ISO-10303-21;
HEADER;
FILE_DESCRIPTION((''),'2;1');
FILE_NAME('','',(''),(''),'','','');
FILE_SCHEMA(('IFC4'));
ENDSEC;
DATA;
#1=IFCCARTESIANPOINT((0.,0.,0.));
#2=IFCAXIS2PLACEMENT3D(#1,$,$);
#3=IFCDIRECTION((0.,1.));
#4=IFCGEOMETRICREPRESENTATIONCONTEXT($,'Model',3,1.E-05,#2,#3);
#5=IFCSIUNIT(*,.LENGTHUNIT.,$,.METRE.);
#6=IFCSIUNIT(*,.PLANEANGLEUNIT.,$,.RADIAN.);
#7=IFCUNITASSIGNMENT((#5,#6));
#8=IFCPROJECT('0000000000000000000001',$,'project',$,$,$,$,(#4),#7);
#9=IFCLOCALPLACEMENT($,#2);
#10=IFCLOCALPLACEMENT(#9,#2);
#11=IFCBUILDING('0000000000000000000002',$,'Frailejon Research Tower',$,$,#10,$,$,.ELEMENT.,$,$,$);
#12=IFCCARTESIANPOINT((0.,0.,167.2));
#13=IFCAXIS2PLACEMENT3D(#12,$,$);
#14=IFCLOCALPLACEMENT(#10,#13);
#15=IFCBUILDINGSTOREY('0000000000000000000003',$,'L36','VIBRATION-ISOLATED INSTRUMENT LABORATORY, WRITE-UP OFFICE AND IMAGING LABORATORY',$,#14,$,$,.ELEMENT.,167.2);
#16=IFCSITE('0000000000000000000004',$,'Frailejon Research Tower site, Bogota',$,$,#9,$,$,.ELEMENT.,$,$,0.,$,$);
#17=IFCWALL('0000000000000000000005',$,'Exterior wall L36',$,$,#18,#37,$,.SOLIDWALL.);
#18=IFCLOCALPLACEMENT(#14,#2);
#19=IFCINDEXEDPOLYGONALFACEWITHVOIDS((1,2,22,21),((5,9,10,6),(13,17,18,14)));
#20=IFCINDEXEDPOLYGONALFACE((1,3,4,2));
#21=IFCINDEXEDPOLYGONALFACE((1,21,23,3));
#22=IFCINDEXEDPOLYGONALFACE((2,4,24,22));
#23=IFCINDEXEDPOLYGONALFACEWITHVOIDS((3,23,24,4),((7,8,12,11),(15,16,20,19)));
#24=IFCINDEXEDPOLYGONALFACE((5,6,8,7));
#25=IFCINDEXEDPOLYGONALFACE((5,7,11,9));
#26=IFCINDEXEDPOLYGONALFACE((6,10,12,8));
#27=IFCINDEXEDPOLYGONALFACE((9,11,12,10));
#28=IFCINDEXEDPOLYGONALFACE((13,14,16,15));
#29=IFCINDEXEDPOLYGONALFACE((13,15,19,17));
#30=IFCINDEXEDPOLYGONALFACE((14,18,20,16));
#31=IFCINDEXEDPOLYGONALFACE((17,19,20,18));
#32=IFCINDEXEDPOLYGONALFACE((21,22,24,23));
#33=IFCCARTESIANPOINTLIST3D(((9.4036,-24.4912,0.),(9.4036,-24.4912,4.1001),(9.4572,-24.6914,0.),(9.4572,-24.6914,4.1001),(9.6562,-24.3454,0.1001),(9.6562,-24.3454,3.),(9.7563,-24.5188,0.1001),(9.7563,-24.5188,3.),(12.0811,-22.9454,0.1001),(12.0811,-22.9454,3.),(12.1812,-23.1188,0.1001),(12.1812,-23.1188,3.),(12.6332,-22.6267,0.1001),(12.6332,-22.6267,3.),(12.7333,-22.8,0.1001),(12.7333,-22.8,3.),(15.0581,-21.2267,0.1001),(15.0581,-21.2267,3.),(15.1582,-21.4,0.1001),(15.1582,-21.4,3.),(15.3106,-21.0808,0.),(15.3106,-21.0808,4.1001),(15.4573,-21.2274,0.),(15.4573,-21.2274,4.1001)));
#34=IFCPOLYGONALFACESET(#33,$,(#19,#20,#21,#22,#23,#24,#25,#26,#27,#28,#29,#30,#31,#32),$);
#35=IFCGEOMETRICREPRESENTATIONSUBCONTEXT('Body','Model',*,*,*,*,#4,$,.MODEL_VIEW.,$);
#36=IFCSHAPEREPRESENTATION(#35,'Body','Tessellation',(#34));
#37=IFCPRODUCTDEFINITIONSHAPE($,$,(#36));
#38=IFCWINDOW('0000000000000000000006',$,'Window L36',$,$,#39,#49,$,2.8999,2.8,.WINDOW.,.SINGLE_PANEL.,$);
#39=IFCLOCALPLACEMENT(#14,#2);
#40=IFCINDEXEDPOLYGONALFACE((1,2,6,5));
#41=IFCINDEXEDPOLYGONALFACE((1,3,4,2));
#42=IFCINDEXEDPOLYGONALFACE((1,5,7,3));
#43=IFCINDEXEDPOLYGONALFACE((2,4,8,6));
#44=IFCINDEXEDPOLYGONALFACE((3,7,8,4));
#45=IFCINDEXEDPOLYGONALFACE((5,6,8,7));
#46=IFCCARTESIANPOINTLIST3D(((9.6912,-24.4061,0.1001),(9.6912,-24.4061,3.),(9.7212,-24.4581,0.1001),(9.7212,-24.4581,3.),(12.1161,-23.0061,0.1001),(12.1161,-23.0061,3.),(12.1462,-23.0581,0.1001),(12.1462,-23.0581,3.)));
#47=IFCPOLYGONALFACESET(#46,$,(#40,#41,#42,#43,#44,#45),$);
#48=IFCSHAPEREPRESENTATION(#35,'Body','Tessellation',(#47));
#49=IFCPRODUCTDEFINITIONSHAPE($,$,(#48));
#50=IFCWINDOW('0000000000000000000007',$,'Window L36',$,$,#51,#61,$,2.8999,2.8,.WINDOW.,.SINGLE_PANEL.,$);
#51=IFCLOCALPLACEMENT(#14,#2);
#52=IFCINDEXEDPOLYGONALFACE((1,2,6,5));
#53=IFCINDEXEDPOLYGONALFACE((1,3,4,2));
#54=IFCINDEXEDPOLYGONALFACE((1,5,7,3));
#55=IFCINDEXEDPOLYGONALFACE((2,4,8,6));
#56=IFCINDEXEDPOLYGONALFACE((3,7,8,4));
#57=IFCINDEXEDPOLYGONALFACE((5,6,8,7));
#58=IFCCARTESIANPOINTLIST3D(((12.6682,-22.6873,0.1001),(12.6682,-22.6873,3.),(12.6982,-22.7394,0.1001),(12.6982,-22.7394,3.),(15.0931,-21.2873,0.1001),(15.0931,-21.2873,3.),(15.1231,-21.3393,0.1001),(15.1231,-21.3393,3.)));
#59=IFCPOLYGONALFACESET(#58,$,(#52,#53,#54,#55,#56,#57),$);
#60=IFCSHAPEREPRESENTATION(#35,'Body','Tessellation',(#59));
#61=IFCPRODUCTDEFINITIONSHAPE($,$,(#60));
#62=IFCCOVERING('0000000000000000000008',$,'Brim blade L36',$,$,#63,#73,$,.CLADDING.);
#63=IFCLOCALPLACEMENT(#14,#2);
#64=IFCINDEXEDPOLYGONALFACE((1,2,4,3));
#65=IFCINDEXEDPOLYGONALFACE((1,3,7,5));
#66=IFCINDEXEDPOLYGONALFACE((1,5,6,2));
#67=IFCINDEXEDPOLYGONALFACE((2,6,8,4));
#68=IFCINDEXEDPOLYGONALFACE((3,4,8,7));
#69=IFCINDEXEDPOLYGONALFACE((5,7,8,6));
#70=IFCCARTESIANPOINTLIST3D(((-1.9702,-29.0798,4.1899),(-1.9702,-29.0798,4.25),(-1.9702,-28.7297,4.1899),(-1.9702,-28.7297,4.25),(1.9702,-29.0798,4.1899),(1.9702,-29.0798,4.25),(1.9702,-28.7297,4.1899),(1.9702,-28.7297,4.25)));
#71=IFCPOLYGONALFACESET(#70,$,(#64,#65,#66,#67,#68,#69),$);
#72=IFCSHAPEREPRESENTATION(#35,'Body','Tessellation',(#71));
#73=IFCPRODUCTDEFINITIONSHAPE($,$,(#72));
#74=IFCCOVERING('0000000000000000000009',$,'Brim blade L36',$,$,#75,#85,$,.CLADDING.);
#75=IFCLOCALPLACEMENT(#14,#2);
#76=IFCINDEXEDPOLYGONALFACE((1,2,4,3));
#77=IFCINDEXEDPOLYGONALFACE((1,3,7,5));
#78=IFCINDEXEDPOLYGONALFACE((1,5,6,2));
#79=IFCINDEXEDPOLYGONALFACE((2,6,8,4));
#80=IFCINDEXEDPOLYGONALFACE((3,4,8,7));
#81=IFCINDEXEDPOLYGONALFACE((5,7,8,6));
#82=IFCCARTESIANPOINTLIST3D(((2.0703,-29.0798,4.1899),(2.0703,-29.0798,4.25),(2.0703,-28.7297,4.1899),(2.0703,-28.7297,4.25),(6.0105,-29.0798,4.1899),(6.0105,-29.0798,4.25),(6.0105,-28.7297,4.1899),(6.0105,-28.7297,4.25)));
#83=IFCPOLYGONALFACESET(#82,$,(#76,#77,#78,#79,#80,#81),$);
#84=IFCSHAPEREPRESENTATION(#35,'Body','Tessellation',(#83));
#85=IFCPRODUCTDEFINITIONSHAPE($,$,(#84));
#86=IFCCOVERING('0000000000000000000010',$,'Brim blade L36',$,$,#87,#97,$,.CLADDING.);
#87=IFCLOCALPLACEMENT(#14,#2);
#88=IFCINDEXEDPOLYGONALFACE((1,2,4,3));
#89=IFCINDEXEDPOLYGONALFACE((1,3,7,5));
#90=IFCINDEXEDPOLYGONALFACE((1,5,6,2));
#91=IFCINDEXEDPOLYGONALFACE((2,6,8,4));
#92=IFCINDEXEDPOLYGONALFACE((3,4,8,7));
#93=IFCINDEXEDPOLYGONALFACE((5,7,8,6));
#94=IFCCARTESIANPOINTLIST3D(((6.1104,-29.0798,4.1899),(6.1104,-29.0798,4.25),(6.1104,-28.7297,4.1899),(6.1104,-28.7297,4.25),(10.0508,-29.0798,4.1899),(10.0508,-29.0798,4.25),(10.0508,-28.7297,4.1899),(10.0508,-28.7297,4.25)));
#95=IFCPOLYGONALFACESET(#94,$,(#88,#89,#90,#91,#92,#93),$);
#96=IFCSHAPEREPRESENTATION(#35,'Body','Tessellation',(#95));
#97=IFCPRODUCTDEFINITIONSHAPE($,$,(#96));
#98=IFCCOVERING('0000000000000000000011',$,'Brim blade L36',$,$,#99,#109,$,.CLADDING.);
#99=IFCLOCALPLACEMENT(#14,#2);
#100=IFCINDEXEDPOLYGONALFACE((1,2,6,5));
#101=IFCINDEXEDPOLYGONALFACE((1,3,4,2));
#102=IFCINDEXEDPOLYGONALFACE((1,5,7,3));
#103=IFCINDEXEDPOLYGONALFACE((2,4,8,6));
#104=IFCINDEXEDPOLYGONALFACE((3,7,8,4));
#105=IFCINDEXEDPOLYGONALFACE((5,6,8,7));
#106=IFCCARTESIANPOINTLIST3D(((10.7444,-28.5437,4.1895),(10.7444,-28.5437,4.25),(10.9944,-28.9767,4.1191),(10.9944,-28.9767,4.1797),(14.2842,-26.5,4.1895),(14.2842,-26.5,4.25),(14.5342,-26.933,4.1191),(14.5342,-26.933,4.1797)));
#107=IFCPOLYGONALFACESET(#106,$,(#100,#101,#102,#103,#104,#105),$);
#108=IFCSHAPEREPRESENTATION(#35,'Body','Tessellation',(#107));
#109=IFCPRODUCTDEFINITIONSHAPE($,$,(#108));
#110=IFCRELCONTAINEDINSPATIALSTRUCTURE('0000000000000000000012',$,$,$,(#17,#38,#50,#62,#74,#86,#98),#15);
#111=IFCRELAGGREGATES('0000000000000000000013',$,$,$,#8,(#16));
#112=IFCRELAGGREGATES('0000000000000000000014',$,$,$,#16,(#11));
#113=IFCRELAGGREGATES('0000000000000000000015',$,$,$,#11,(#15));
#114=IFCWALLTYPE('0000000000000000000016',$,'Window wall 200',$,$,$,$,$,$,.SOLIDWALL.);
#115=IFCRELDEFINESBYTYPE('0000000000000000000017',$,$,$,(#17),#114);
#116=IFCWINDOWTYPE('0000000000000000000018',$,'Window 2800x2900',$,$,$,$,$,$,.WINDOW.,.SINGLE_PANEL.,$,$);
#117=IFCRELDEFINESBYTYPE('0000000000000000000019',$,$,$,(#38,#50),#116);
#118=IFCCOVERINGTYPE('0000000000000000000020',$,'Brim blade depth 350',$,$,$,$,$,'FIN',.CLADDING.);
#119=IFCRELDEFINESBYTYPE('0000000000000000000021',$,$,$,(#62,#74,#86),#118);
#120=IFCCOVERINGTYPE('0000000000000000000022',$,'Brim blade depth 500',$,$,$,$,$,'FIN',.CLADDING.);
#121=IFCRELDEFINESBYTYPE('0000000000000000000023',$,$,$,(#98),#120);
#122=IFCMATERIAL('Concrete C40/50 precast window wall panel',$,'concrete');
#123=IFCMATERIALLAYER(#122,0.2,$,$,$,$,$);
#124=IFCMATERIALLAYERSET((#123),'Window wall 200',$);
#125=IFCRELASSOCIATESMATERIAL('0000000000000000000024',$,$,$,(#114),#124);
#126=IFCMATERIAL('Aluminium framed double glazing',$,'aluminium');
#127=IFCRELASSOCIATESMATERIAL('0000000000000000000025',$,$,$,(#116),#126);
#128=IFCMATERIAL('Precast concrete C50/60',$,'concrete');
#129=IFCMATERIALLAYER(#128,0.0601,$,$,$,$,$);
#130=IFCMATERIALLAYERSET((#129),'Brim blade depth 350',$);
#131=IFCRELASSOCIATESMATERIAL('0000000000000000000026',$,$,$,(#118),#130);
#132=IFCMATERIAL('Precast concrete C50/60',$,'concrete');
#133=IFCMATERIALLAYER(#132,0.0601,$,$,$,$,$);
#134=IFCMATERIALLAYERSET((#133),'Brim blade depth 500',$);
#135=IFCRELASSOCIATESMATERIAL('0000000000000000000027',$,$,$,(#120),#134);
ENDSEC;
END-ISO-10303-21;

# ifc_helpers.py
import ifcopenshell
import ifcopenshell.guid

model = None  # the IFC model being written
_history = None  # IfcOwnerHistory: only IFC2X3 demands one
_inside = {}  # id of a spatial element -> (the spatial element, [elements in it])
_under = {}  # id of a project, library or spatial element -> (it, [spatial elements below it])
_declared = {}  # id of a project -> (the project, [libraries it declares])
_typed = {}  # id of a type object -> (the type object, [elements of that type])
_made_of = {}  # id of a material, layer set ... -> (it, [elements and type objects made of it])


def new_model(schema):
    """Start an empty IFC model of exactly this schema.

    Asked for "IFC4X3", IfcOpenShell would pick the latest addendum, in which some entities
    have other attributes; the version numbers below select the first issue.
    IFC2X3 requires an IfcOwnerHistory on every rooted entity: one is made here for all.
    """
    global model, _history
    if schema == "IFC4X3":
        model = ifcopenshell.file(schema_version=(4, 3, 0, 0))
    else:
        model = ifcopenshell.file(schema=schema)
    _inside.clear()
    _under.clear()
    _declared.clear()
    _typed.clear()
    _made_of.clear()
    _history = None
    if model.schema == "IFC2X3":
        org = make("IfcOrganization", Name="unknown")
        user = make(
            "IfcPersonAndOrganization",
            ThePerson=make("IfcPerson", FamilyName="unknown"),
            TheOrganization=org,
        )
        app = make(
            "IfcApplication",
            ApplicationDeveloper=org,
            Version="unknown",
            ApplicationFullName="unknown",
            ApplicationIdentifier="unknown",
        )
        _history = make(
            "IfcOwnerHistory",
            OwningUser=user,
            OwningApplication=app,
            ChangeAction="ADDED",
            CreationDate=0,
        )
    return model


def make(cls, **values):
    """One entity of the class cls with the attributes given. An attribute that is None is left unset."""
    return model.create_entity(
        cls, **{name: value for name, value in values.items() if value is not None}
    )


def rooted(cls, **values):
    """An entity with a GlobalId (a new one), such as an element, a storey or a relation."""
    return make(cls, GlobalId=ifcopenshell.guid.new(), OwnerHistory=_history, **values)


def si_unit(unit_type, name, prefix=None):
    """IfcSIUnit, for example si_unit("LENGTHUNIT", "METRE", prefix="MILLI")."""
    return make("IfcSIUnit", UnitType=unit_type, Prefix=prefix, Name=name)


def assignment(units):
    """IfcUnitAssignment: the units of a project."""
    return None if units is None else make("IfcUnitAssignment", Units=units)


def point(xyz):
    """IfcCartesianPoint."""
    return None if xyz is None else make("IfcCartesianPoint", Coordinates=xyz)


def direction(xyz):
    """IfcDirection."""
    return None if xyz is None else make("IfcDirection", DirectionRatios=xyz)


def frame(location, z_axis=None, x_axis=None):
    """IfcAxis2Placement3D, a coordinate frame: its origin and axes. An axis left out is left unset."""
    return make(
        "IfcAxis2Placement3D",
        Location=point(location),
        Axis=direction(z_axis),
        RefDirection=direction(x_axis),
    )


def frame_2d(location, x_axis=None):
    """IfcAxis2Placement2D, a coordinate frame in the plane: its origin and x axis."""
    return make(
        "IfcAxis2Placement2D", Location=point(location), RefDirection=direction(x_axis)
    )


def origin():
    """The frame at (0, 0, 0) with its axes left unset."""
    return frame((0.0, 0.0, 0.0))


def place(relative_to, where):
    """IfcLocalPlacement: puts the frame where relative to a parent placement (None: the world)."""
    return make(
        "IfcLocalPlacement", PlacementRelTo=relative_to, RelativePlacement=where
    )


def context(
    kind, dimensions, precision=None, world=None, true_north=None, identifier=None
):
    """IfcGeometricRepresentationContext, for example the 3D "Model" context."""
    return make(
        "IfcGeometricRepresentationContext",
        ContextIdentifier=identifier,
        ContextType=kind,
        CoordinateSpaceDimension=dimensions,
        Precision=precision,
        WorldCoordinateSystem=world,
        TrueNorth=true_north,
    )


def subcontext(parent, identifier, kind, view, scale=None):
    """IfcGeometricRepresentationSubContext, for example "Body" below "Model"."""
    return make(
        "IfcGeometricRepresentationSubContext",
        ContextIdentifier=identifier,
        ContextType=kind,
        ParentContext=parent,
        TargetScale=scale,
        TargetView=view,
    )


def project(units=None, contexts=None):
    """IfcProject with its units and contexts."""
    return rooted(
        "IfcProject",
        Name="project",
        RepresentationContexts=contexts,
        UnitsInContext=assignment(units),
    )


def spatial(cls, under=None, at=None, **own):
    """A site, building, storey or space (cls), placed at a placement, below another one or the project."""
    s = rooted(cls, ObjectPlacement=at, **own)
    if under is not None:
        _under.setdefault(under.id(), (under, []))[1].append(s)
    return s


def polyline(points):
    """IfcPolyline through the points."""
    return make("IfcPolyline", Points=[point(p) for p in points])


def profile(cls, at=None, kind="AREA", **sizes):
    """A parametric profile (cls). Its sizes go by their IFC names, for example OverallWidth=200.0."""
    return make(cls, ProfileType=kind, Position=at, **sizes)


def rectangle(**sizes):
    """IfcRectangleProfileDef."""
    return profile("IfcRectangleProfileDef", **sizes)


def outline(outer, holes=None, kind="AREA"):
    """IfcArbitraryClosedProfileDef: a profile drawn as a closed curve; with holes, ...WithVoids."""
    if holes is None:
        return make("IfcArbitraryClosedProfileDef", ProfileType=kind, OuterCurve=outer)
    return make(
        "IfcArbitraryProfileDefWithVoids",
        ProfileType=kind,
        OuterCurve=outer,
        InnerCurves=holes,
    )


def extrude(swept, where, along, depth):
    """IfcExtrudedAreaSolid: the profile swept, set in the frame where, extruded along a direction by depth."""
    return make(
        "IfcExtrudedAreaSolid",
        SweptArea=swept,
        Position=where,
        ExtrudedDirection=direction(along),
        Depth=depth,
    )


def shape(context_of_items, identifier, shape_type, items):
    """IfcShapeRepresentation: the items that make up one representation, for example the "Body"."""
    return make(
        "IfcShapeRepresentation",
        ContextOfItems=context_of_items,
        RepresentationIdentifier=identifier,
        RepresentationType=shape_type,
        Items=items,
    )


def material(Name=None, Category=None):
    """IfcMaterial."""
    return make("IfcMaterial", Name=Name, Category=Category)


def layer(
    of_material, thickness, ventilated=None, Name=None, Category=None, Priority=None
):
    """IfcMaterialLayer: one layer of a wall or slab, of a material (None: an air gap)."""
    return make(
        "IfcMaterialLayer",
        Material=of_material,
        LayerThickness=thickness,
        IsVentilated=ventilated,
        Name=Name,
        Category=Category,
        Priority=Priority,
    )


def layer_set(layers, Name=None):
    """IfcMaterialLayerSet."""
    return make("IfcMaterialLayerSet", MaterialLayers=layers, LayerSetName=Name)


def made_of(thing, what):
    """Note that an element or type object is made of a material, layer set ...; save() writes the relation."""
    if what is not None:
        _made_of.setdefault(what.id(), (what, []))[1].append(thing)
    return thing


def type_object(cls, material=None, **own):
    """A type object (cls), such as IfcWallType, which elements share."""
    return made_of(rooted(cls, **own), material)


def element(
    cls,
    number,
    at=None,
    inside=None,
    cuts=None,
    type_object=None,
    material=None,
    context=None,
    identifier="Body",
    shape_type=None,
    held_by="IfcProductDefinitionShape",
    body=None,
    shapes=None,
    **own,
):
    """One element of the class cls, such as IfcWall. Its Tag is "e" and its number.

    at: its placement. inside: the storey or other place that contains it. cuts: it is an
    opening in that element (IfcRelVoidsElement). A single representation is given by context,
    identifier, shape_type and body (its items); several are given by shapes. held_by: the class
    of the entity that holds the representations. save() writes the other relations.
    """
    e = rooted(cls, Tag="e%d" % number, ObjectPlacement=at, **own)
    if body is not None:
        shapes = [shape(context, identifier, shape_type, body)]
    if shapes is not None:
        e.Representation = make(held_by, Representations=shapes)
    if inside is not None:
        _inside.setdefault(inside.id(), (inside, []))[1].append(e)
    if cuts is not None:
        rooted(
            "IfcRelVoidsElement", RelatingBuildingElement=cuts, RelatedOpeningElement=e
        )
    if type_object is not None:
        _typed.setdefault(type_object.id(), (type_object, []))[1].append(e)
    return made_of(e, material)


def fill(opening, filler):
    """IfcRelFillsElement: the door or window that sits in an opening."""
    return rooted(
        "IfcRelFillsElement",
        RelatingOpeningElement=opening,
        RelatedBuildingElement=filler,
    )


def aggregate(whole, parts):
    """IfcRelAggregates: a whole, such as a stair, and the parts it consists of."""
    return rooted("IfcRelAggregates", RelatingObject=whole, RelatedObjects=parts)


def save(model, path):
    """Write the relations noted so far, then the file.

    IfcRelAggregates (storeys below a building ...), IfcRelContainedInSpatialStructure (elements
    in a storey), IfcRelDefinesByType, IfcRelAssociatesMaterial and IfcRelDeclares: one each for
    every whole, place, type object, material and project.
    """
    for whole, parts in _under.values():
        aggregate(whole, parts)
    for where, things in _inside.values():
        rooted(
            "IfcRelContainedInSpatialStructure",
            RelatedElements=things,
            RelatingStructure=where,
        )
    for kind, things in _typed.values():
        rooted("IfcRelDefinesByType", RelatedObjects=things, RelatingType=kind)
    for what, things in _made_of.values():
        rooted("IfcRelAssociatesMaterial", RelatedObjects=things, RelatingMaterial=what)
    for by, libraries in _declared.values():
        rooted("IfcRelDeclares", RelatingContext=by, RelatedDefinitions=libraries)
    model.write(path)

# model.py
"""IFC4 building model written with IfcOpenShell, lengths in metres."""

from ifc_helpers import new_model, si_unit, direction, frame, frame_2d, origin, place, context, subcontext, project, spatial, polyline, rectangle, outline, extrude, material, layer, layer_set, type_object, element, fill, save


model = new_model("IFC4")

# Units and contexts
model_context = context("Model", 3, precision=1e-05, world=origin(), true_north=direction((0.0, 1.0)))
body_context = subcontext(model_context, "Body", "Model", "MODEL_VIEW")
ifc_project = project(units=[si_unit("LENGTHUNIT", "METRE"), si_unit("PLANEANGLEUNIT", "RADIAN")], contexts=[model_context])

# Site, building, storey
site_placement = place(None, origin())
site = spatial("IfcSite", under=ifc_project, at=site_placement, Name="Frailejon Research Tower site, Bogota", CompositionType="ELEMENT", RefElevation=0.0)
building_placement = place(site_placement, origin())
building = spatial("IfcBuilding", under=site, at=building_placement, Name="Frailejon Research Tower", CompositionType="ELEMENT")
storey_placement = place(building_placement, frame((0.0, 0.0, 167.2)))
storey = spatial("IfcBuildingStorey", under=building, at=storey_placement, Name="L36", Description="VIBRATION-ISOLATED INSTRUMENT LABORATORY, WRITE-UP OFFICE AND IMAGING LABORATORY", CompositionType="ELEMENT", Elevation=167.2)

# Wall, openings, windows
ifc_material_1 = material(Name="Concrete C40/50 precast window wall panel", Category="concrete")
ifc_layer_1 = layer(ifc_material_1, 0.2)
ifc_layer_set_1 = layer_set([ifc_layer_1], Name="Window wall 200")
wall_type_1 = type_object("IfcWallType", Name="Window wall 200", PredefinedType="SOLIDWALL", material=ifc_layer_set_1)
wall_1_placement = place(storey_placement, frame((9.4304, -24.5913, 0.0), z_axis=(0.0, 0.0, 1.0), x_axis=(0.866029, 0.499993, 0.0)))
wall_1 = element("IfcWall", 1, at=wall_1_placement, inside=storey, type_object=wall_type_1, Name="Exterior wall L36", PredefinedType="SOLIDWALL", context=body_context, shape_type="SweptSolid", body=[
    extrude(outline(polyline([(-0.0269, -0.1001), (1.1279, -0.1001), (2.2825, -0.1001), (3.4373, -0.1001), (4.592, -0.1001), (5.7466, -0.1001), (6.9014, -0.1001), (6.8477, 0.1001), (5.7109, 0.1001), (4.574, 0.1001), (3.4373, 0.1001), (2.3005, 0.1001), (1.1636, 0.1001), (0.0269, 0.1001), (-0.0269, -0.1001)])), origin(), (0.0, 0.0, 1.0), 4.1001),
])
opening_1_placement = place(wall_1_placement, frame((0.3186, 0.0, 0.1001)))
opening_1 = element("IfcOpeningElement", 2, at=opening_1_placement, cuts=wall_1, PredefinedType="OPENING", context=body_context, shape_type="SweptSolid", body=[
    extrude(rectangle(XDim=2.8, YDim=2.8999, at=frame_2d((1.3999, 1.45))), frame((0.0, 0.1099, 0.0), z_axis=(0.0, -1.0, 0.0), x_axis=(1.0, 0.0, 0.0)), (0.0, 0.0, 1.0), 0.22),
])
opening_2_placement = place(wall_1_placement, frame((3.7561, 0.0, 0.1001)))
opening_2 = element("IfcOpeningElement", 3, at=opening_2_placement, cuts=wall_1, PredefinedType="OPENING", context=body_context, shape_type="SweptSolid", body=[
    extrude(rectangle(XDim=2.8, YDim=2.8999, at=frame_2d((1.3999, 1.45))), frame((0.0, 0.1099, 0.0), z_axis=(0.0, -1.0, 0.0), x_axis=(1.0, 0.0, 0.0)), (0.0, 0.0, 1.0), 0.22),
])
ifc_material_2 = material(Name="Aluminium framed double glazing", Category="aluminium")
window_type = type_object("IfcWindowType", Name="Window 2800x2900", PartitioningType="SINGLE_PANEL", PredefinedType="WINDOW", material=ifc_material_2)
window_1_placement = place(opening_1_placement, origin())
window_1 = element("IfcWindow", 4, at=window_1_placement, inside=storey, type_object=window_type, Name="Window L36", OverallHeight=2.8999, OverallWidth=2.8, PartitioningType="SINGLE_PANEL", PredefinedType="WINDOW", context=body_context, shape_type="SweptSolid", body=[
    extrude(rectangle(XDim=2.8, YDim=2.8999, at=frame_2d((1.3999, 1.45))), frame((0.0, 0.03, 0.0), z_axis=(0.0, -1.0, 0.0), x_axis=(1.0, 0.0, 0.0)), (0.0, 0.0, 1.0), 0.0601),
])
fill(opening_1, window_1)
window_2_placement = place(opening_2_placement, origin())
window_2 = element("IfcWindow", 5, at=window_2_placement, inside=storey, type_object=window_type, Name="Window L36", OverallHeight=2.8999, OverallWidth=2.8, PartitioningType="SINGLE_PANEL", PredefinedType="WINDOW", context=body_context, shape_type="SweptSolid", body=[
    extrude(rectangle(XDim=2.8, YDim=2.8999, at=frame_2d((1.3999, 1.45))), frame((0.0, 0.03, 0.0), z_axis=(0.0, -1.0, 0.0), x_axis=(1.0, 0.0, 0.0)), (0.0, 0.0, 1.0), 0.0601),
])
fill(opening_2, window_2)

# Coverings
ifc_material_3 = material(Name="Precast concrete C50/60", Category="concrete")
ifc_layer_2 = layer(ifc_material_3, 0.0601)
ifc_layer_set_2 = layer_set([ifc_layer_2], Name="Brim blade depth 350")
covering_type_1 = type_object("IfcCoveringType", Name="Brim blade depth 350", ElementType="FIN", PredefinedType="CLADDING", material=ifc_layer_set_2)
covering_1_placement = place(storey_placement, frame((1.9702, -28.7297, 4.25), z_axis=(-1.0, 0.0, 0.0), x_axis=(0.0, -1.0, 0.0)))
element("IfcCovering", 6, at=covering_1_placement, inside=storey, type_object=covering_type_1, Name="Brim blade L36", PredefinedType="CLADDING", context=body_context, shape_type="SweptSolid", body=[
    extrude(outline(polyline([(0.0, -0.0601), (0.3501, -0.0601), (0.3501, 0.0), (0.0, 0.0), (0.0, -0.0601)])), origin(), (0.0, 0.0, 1.0), 3.9404),
])
covering_2_placement = place(storey_placement, frame((6.0105, -28.7297, 4.25), z_axis=(-1.0, 0.0, 0.0), x_axis=(0.0, -1.0, 0.0)))
element("IfcCovering", 7, at=covering_2_placement, inside=storey, type_object=covering_type_1, Name="Brim blade L36", PredefinedType="CLADDING", context=body_context, shape_type="SweptSolid", body=[
    extrude(outline(polyline([(0.0, -0.0601), (0.3501, -0.0601), (0.3501, 0.0), (0.0, 0.0), (0.0, -0.0601)])), origin(), (0.0, 0.0, 1.0), 3.9402),
])
covering_3_placement = place(storey_placement, frame((10.0508, -28.7297, 4.25), z_axis=(-1.0, 0.0, 0.0), x_axis=(0.0, -1.0, 0.0)))
element("IfcCovering", 8, at=covering_3_placement, inside=storey, type_object=covering_type_1, Name="Brim blade L36", PredefinedType="CLADDING", context=body_context, shape_type="SweptSolid", body=[
    extrude(outline(polyline([(0.0, -0.0601), (0.3501, -0.0601), (0.3501, 0.0), (0.0, 0.0), (0.0, -0.0601)])), origin(), (0.0, 0.0, 1.0), 3.9404),
])
ifc_material_4 = material(Name="Precast concrete C50/60", Category="concrete")
ifc_layer_3 = layer(ifc_material_4, 0.0601)
ifc_layer_set_3 = layer_set([ifc_layer_3], Name="Brim blade depth 500")
covering_type_2 = type_object("IfcCoveringType", Name="Brim blade depth 500", ElementType="FIN", PredefinedType="CLADDING", material=ifc_layer_set_3)
covering_4_placement = place(storey_placement, frame((14.2842, -26.5, 4.25), z_axis=(-0.866021, -0.500007, 0.0), x_axis=(0.500007, -0.866021, 0.0)))
element("IfcCovering", 9, at=covering_4_placement, inside=storey, type_object=covering_type_2, Name="Brim blade L36", PredefinedType="CLADDING", context=body_context, shape_type="SweptSolid", body=[
    extrude(outline(polyline([(0.0, -0.0605), (0.5, -0.1309), (0.5, -0.0703), (0.0, 0.0), (0.0, -0.0605)])), origin(), (0.0, 0.0, 1.0), 4.0874),
])

save(model, "model.ifc")
